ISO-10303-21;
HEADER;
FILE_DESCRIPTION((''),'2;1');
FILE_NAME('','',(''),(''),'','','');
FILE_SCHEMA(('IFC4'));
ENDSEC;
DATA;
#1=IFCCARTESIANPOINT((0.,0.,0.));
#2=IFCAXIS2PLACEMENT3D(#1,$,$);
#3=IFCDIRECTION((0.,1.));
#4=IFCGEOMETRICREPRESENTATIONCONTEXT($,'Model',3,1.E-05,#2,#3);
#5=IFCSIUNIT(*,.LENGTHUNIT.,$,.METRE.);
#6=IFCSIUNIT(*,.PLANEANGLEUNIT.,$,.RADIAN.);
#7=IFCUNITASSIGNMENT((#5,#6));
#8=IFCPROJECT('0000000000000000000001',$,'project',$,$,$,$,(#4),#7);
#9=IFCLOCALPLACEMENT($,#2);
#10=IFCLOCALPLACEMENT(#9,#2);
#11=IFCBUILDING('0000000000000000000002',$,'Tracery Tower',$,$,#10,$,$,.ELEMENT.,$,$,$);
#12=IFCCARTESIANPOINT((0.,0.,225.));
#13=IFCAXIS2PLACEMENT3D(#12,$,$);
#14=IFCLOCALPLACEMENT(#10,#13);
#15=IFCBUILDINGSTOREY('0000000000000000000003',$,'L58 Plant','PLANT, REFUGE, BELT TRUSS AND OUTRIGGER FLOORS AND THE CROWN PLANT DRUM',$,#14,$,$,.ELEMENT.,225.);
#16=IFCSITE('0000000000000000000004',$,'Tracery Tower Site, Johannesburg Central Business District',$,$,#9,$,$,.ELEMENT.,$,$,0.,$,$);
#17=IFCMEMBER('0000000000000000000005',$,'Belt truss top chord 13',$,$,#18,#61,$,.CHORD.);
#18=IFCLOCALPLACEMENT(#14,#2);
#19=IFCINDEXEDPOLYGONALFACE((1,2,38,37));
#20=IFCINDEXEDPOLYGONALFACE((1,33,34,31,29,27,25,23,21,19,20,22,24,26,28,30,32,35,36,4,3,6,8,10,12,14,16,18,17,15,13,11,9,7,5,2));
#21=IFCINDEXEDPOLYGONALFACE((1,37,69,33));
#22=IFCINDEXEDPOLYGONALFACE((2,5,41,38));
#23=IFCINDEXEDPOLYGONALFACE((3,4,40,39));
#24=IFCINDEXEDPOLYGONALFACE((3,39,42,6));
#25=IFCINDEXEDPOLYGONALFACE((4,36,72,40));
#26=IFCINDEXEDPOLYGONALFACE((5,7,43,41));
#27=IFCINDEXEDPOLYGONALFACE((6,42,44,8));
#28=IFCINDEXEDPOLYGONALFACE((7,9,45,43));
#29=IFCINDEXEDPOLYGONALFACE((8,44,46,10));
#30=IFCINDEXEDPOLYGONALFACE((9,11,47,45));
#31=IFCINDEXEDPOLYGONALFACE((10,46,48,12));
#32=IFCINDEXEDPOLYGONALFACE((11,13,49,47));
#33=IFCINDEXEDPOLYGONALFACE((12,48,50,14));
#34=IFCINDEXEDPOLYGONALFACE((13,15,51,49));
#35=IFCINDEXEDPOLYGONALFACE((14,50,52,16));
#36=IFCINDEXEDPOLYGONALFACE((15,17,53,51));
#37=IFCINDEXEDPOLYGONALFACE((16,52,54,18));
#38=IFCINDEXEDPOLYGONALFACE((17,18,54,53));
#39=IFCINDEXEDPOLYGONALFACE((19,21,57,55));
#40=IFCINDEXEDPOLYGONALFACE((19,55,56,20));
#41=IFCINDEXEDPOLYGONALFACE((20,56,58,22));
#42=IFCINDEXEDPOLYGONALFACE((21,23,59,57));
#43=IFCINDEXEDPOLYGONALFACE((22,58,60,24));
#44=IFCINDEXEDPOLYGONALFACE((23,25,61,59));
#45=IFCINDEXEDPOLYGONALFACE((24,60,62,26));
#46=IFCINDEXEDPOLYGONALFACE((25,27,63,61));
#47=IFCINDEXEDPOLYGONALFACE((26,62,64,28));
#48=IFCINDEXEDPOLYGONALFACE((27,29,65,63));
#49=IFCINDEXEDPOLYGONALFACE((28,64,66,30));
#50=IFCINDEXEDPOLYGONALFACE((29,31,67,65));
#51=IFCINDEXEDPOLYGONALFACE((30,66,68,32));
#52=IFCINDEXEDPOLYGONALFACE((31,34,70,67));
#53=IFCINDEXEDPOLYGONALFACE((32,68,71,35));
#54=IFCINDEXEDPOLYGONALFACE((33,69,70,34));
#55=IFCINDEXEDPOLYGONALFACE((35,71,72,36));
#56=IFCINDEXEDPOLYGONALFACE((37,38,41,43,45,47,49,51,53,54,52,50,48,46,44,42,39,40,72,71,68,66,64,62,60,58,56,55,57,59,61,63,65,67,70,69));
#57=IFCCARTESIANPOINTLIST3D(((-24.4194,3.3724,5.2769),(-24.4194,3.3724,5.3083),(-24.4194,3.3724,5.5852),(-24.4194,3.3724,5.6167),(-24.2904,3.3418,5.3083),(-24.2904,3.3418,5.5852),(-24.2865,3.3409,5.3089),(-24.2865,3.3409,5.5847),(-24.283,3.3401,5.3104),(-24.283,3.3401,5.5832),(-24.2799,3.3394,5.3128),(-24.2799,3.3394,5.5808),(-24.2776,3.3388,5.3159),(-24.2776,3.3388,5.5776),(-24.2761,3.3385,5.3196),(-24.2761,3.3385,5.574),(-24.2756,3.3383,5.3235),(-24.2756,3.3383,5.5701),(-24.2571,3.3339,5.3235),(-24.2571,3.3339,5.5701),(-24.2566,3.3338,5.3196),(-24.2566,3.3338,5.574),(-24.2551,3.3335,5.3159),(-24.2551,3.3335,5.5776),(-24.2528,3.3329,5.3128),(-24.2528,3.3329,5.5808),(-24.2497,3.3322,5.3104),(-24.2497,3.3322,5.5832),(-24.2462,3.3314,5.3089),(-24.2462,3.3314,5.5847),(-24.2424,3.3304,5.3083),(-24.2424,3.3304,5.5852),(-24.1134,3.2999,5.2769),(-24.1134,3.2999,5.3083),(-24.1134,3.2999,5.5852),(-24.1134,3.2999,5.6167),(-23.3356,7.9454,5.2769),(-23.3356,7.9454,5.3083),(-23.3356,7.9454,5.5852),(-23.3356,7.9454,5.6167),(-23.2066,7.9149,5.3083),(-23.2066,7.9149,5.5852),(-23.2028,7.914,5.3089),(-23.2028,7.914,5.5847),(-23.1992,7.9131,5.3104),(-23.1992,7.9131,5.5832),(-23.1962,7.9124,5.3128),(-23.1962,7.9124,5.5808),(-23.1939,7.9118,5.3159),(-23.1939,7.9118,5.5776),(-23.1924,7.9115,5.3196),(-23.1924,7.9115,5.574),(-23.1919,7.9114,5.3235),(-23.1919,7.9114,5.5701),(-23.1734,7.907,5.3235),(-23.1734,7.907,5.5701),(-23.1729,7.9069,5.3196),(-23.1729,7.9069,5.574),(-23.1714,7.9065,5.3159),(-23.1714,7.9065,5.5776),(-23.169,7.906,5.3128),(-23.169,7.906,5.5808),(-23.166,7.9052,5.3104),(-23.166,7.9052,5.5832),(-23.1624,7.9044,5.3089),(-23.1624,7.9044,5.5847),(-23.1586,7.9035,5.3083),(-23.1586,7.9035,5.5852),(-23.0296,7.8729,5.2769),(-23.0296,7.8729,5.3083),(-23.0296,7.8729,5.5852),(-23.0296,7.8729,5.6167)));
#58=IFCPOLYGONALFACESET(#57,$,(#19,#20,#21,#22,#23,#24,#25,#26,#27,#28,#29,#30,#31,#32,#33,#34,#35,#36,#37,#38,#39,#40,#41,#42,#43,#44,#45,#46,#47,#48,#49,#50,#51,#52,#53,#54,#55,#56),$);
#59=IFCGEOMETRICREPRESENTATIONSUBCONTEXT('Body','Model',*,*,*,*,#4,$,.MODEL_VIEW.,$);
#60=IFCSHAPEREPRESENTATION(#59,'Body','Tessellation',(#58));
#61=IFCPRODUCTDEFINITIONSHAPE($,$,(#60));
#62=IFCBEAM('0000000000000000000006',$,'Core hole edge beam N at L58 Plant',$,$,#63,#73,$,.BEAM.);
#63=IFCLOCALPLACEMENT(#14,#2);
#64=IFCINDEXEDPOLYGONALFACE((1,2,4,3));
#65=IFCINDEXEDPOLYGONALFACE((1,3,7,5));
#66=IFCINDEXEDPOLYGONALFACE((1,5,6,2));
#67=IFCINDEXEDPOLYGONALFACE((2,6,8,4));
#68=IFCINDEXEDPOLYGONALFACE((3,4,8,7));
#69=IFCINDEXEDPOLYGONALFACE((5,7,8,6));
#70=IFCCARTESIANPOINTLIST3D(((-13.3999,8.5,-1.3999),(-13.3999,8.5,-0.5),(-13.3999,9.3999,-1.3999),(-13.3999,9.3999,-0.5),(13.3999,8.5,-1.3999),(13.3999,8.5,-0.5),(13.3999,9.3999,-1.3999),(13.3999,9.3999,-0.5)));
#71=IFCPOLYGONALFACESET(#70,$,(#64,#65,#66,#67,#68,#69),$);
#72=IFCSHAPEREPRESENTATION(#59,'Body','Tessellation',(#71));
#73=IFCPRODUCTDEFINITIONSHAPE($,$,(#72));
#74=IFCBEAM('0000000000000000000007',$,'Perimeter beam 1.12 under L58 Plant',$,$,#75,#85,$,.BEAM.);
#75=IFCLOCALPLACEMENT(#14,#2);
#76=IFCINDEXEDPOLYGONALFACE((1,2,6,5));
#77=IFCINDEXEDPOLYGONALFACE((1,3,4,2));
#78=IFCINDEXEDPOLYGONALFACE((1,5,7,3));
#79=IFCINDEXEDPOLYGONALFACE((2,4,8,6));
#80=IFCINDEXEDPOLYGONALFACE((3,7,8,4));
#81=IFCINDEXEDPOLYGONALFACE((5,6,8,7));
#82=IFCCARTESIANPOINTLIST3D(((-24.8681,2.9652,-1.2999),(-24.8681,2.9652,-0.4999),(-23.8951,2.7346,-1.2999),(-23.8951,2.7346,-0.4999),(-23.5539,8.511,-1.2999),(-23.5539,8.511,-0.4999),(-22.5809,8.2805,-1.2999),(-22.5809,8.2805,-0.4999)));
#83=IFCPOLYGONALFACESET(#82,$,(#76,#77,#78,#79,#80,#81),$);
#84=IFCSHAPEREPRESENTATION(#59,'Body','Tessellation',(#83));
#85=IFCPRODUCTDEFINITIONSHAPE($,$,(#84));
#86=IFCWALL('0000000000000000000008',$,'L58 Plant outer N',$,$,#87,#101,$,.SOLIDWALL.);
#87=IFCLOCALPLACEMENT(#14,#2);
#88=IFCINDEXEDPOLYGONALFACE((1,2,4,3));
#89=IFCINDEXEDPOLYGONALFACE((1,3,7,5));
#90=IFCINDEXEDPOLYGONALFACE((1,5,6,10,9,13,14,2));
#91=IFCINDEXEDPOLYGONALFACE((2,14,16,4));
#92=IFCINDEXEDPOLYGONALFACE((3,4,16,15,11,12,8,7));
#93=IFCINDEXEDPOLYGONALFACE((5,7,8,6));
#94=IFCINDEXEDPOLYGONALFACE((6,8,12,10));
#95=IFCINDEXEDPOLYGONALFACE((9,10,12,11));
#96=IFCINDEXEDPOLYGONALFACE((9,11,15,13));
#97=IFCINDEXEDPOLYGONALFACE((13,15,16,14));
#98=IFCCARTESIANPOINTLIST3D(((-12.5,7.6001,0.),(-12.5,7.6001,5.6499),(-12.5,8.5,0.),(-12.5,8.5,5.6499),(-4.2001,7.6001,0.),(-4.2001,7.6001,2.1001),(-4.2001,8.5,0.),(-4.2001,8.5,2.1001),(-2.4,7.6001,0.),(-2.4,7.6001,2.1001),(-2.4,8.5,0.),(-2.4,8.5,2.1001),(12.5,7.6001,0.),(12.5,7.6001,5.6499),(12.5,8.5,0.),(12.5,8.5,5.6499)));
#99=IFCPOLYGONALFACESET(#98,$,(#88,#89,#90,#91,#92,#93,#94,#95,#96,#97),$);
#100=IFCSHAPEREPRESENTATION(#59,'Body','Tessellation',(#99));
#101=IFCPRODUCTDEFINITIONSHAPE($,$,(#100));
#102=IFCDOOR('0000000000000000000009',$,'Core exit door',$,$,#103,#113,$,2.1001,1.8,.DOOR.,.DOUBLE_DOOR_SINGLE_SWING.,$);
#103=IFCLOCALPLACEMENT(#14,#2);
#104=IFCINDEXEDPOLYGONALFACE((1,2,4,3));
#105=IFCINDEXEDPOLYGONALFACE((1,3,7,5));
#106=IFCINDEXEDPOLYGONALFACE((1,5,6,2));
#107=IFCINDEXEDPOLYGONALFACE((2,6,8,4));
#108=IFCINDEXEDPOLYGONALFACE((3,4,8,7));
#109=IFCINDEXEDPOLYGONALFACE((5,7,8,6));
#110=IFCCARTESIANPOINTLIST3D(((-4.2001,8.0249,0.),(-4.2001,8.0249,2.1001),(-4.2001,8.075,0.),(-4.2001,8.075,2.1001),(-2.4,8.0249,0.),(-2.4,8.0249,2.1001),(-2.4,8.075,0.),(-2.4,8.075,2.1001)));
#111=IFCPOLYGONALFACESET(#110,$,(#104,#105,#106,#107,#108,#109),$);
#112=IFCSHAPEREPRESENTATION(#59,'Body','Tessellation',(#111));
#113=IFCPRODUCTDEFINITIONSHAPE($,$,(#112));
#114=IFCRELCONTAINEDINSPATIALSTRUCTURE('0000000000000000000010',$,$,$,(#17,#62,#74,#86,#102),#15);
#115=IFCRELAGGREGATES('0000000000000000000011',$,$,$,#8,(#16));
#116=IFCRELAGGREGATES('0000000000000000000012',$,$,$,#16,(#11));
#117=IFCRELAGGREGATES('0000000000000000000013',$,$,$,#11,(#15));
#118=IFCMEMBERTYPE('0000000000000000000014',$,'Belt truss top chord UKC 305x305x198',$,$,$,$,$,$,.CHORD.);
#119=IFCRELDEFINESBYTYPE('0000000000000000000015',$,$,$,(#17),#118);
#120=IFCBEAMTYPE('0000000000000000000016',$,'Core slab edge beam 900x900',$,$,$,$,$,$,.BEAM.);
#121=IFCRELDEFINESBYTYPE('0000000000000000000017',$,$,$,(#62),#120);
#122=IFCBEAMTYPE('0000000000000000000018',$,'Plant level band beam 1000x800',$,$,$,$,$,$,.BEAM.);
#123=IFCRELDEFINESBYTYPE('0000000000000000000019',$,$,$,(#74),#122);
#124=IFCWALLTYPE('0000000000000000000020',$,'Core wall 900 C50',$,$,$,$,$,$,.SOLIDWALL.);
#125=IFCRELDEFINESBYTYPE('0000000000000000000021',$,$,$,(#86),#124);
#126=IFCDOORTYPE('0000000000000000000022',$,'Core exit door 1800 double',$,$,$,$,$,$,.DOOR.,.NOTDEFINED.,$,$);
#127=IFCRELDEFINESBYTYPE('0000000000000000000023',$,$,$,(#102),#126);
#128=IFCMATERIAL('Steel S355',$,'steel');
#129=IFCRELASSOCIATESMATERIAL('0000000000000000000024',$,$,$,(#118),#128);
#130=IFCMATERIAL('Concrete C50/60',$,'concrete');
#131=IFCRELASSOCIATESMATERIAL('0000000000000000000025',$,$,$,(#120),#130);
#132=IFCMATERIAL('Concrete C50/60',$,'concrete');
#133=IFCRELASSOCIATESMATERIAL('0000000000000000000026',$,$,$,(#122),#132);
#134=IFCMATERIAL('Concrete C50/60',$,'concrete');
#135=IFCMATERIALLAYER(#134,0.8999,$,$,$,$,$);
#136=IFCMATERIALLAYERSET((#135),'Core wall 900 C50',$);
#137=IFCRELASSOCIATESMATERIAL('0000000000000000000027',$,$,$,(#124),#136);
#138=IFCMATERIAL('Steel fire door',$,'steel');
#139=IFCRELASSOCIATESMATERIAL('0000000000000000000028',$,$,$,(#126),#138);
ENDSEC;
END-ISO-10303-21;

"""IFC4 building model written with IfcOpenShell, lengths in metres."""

from ifc_helpers import new_model, si_unit, direction, frame, frame_2d, origin, origin_2d, place, context, subcontext, project, spatial, rectangle, i_section, extrude, material, layer, layer_set, material_profile, profile_set, type_object, element, fill, save


model = new_model("IFC4")

# Units and contexts
model_context = context("Model", 3, precision=1e-05, world=origin(), true_north=direction((0.0, 1.0)))
body_context = subcontext(model_context, "Body", "Model", "MODEL_VIEW")
ifc_project = project(units=[si_unit("LENGTHUNIT", "METRE"), si_unit("PLANEANGLEUNIT", "RADIAN")], contexts=[model_context])

# Site, building, storey
site_placement = place(None, origin())
site = spatial("IfcSite", under=ifc_project, at=site_placement, Name="Tracery Tower Site, Johannesburg Central Business District", CompositionType="ELEMENT", RefElevation=0.0)
building_placement = place(site_placement, origin())
building = spatial("IfcBuilding", under=site, at=building_placement, Name="Tracery Tower", CompositionType="ELEMENT")
storey_placement = place(building_placement, frame((0.0, 0.0, 225.0)))
storey = spatial("IfcBuildingStorey", under=building, at=storey_placement, Name="L58 Plant", Description="PLANT, REFUGE, BELT TRUSS AND OUTRIGGER FLOORS AND THE CROWN PLANT DRUM", CompositionType="ELEMENT", Elevation=225.0)

# Member
ifc_material_1 = material(Name="Steel S355", Category="steel")
ifc_material_profile_1 = material_profile(ifc_material_1, i_section(OverallWidth=0.3145, OverallDepth=0.3398, WebThickness=0.019, FlangeThickness=0.0315, FilletRadius=0.0151, at=origin_2d()), Name="UKC 305x305x198")
ifc_profile_set_1 = profile_set([ifc_material_profile_1], Name="Steel S355")
member_type_1 = type_object("IfcMemberType", Name="Belt truss top chord UKC 305x305x198", PredefinedType="CHORD", material=ifc_profile_set_1)
member_1_placement = place(storey_placement, frame((-23.1826, 7.9092, 5.4468), z_axis=(-0.2306, -0.973049, 0.0), x_axis=(0.973049, -0.2306, 0.0)))
element("IfcMember", 1, at=member_1_placement, inside=storey, type_object=member_type_1, Name="Belt truss top chord 13", PredefinedType="CHORD", context=body_context, shape_type="SweptSolid", body=[
    extrude(i_section(OverallWidth=0.3145, OverallDepth=0.3398, WebThickness=0.019, FlangeThickness=0.0315, FilletRadius=0.0151, at=origin_2d()), origin(), (0.0, 0.0, 1.0), 4.6997),
])

# Beams
ifc_material_2 = material(Name="Concrete C50/60", Category="concrete")
ifc_material_profile_2 = material_profile(ifc_material_2, rectangle(XDim=0.8999, YDim=0.8999, at=origin_2d()), Name="RC 900x900")
ifc_profile_set_2 = profile_set([ifc_material_profile_2], Name="Concrete C50/60")
beam_type_1 = type_object("IfcBeamType", Name="Core slab edge beam 900x900", PredefinedType="BEAM", material=ifc_profile_set_2)
beam_1_placement = place(storey_placement, frame((-13.3999, 8.95, -0.95), z_axis=(1.0, 0.0, 0.0), x_axis=(0.0, 1.0, 0.0)))
element("IfcBeam", 2, at=beam_1_placement, inside=storey, type_object=beam_type_1, Name="Core hole edge beam N at L58 Plant", PredefinedType="BEAM", context=body_context, shape_type="SweptSolid", body=[
    extrude(rectangle(XDim=0.8999, YDim=0.8999, at=origin_2d()), origin(), (0.0, 0.0, 1.0), 26.7998),
])
ifc_material_3 = material(Name="Concrete C50/60", Category="concrete")
ifc_material_profile_3 = material_profile(ifc_material_3, rectangle(XDim=1.0, YDim=0.8, at=origin_2d()), Name="RC 1000x800")
ifc_profile_set_3 = profile_set([ifc_material_profile_3], Name="Concrete C50/60")
beam_type_2 = type_object("IfcBeamType", Name="Plant level band beam 1000x800", PredefinedType="BEAM", material=ifc_profile_set_3)
beam_2_placement = place(storey_placement, frame((-23.0674, 8.3958, -0.8999), z_axis=(-0.230584, -0.973052, 0.0), x_axis=(0.973052, -0.230584, 0.0)))
element("IfcBeam", 3, at=beam_2_placement, inside=storey, type_object=beam_type_2, Name="Perimeter beam 1.12 under L58 Plant", PredefinedType="BEAM", context=body_context, shape_type="SweptSolid", body=[
    extrude(rectangle(XDim=1.0, YDim=0.8, at=origin_2d()), origin(), (0.0, 0.0, 1.0), 5.6995),
])

# Wall, opening, door
ifc_material_4 = material(Name="Concrete C50/60", Category="concrete")
ifc_layer_1 = layer(ifc_material_4, 0.8999)
ifc_layer_set_1 = layer_set([ifc_layer_1], Name="Core wall 900 C50")
wall_type_1 = type_object("IfcWallType", Name="Core wall 900 C50", PredefinedType="SOLIDWALL", material=ifc_layer_set_1)
wall_1_placement = place(storey_placement, frame((-12.5, 8.05, 0.0), z_axis=(0.0, 0.0, 1.0), x_axis=(1.0, 0.0, 0.0)))
wall_1 = element("IfcWall", 4, at=wall_1_placement, inside=storey, type_object=wall_type_1, Name="L58 Plant outer N", PredefinedType="SOLIDWALL", context=body_context, shape_type="SweptSolid", body=[
    extrude(rectangle(XDim=25.0, YDim=0.8999, at=frame_2d((12.5, 0.0))), origin(), (0.0, 0.0, 1.0), 5.6499),
])
opening_1_placement = place(wall_1_placement, frame((8.3, 0.0, 0.0)))
opening_1 = element("IfcOpeningElement", 5, at=opening_1_placement, cuts=wall_1, PredefinedType="OPENING", context=body_context, shape_type="SweptSolid", body=[
    extrude(rectangle(XDim=1.8, YDim=2.1001, at=frame_2d((0.8999, 1.05))), frame((0.0, 0.45, 0.0), z_axis=(0.0, -1.0, 0.0), x_axis=(1.0, 0.0, 0.0)), (0.0, 0.0, 1.0), 0.8999),
])
ifc_material_5 = material(Name="Steel fire door", Category="steel")
door_type_1 = type_object("IfcDoorType", Name="Core exit door 1800 double", OperationType="NOTDEFINED", PredefinedType="DOOR", material=ifc_material_5)
door_1_placement = place(opening_1_placement, origin())
door_1 = element("IfcDoor", 6, at=door_1_placement, inside=storey, type_object=door_type_1, Name="Core exit door", OperationType="DOUBLE_DOOR_SINGLE_SWING", OverallHeight=2.1001, OverallWidth=1.8, PredefinedType="DOOR", context=body_context, shape_type="SweptSolid", body=[
    extrude(rectangle(XDim=1.8, YDim=2.1001, at=frame_2d((0.8999, 1.05))), frame((0.0, 0.0249, 0.0), z_axis=(0.0, -1.0, 0.0), x_axis=(1.0, 0.0, 0.0)), (0.0, 0.0, 1.0), 0.05),
])
fill(opening_1, door_1)

save(model, "model.ifc")
